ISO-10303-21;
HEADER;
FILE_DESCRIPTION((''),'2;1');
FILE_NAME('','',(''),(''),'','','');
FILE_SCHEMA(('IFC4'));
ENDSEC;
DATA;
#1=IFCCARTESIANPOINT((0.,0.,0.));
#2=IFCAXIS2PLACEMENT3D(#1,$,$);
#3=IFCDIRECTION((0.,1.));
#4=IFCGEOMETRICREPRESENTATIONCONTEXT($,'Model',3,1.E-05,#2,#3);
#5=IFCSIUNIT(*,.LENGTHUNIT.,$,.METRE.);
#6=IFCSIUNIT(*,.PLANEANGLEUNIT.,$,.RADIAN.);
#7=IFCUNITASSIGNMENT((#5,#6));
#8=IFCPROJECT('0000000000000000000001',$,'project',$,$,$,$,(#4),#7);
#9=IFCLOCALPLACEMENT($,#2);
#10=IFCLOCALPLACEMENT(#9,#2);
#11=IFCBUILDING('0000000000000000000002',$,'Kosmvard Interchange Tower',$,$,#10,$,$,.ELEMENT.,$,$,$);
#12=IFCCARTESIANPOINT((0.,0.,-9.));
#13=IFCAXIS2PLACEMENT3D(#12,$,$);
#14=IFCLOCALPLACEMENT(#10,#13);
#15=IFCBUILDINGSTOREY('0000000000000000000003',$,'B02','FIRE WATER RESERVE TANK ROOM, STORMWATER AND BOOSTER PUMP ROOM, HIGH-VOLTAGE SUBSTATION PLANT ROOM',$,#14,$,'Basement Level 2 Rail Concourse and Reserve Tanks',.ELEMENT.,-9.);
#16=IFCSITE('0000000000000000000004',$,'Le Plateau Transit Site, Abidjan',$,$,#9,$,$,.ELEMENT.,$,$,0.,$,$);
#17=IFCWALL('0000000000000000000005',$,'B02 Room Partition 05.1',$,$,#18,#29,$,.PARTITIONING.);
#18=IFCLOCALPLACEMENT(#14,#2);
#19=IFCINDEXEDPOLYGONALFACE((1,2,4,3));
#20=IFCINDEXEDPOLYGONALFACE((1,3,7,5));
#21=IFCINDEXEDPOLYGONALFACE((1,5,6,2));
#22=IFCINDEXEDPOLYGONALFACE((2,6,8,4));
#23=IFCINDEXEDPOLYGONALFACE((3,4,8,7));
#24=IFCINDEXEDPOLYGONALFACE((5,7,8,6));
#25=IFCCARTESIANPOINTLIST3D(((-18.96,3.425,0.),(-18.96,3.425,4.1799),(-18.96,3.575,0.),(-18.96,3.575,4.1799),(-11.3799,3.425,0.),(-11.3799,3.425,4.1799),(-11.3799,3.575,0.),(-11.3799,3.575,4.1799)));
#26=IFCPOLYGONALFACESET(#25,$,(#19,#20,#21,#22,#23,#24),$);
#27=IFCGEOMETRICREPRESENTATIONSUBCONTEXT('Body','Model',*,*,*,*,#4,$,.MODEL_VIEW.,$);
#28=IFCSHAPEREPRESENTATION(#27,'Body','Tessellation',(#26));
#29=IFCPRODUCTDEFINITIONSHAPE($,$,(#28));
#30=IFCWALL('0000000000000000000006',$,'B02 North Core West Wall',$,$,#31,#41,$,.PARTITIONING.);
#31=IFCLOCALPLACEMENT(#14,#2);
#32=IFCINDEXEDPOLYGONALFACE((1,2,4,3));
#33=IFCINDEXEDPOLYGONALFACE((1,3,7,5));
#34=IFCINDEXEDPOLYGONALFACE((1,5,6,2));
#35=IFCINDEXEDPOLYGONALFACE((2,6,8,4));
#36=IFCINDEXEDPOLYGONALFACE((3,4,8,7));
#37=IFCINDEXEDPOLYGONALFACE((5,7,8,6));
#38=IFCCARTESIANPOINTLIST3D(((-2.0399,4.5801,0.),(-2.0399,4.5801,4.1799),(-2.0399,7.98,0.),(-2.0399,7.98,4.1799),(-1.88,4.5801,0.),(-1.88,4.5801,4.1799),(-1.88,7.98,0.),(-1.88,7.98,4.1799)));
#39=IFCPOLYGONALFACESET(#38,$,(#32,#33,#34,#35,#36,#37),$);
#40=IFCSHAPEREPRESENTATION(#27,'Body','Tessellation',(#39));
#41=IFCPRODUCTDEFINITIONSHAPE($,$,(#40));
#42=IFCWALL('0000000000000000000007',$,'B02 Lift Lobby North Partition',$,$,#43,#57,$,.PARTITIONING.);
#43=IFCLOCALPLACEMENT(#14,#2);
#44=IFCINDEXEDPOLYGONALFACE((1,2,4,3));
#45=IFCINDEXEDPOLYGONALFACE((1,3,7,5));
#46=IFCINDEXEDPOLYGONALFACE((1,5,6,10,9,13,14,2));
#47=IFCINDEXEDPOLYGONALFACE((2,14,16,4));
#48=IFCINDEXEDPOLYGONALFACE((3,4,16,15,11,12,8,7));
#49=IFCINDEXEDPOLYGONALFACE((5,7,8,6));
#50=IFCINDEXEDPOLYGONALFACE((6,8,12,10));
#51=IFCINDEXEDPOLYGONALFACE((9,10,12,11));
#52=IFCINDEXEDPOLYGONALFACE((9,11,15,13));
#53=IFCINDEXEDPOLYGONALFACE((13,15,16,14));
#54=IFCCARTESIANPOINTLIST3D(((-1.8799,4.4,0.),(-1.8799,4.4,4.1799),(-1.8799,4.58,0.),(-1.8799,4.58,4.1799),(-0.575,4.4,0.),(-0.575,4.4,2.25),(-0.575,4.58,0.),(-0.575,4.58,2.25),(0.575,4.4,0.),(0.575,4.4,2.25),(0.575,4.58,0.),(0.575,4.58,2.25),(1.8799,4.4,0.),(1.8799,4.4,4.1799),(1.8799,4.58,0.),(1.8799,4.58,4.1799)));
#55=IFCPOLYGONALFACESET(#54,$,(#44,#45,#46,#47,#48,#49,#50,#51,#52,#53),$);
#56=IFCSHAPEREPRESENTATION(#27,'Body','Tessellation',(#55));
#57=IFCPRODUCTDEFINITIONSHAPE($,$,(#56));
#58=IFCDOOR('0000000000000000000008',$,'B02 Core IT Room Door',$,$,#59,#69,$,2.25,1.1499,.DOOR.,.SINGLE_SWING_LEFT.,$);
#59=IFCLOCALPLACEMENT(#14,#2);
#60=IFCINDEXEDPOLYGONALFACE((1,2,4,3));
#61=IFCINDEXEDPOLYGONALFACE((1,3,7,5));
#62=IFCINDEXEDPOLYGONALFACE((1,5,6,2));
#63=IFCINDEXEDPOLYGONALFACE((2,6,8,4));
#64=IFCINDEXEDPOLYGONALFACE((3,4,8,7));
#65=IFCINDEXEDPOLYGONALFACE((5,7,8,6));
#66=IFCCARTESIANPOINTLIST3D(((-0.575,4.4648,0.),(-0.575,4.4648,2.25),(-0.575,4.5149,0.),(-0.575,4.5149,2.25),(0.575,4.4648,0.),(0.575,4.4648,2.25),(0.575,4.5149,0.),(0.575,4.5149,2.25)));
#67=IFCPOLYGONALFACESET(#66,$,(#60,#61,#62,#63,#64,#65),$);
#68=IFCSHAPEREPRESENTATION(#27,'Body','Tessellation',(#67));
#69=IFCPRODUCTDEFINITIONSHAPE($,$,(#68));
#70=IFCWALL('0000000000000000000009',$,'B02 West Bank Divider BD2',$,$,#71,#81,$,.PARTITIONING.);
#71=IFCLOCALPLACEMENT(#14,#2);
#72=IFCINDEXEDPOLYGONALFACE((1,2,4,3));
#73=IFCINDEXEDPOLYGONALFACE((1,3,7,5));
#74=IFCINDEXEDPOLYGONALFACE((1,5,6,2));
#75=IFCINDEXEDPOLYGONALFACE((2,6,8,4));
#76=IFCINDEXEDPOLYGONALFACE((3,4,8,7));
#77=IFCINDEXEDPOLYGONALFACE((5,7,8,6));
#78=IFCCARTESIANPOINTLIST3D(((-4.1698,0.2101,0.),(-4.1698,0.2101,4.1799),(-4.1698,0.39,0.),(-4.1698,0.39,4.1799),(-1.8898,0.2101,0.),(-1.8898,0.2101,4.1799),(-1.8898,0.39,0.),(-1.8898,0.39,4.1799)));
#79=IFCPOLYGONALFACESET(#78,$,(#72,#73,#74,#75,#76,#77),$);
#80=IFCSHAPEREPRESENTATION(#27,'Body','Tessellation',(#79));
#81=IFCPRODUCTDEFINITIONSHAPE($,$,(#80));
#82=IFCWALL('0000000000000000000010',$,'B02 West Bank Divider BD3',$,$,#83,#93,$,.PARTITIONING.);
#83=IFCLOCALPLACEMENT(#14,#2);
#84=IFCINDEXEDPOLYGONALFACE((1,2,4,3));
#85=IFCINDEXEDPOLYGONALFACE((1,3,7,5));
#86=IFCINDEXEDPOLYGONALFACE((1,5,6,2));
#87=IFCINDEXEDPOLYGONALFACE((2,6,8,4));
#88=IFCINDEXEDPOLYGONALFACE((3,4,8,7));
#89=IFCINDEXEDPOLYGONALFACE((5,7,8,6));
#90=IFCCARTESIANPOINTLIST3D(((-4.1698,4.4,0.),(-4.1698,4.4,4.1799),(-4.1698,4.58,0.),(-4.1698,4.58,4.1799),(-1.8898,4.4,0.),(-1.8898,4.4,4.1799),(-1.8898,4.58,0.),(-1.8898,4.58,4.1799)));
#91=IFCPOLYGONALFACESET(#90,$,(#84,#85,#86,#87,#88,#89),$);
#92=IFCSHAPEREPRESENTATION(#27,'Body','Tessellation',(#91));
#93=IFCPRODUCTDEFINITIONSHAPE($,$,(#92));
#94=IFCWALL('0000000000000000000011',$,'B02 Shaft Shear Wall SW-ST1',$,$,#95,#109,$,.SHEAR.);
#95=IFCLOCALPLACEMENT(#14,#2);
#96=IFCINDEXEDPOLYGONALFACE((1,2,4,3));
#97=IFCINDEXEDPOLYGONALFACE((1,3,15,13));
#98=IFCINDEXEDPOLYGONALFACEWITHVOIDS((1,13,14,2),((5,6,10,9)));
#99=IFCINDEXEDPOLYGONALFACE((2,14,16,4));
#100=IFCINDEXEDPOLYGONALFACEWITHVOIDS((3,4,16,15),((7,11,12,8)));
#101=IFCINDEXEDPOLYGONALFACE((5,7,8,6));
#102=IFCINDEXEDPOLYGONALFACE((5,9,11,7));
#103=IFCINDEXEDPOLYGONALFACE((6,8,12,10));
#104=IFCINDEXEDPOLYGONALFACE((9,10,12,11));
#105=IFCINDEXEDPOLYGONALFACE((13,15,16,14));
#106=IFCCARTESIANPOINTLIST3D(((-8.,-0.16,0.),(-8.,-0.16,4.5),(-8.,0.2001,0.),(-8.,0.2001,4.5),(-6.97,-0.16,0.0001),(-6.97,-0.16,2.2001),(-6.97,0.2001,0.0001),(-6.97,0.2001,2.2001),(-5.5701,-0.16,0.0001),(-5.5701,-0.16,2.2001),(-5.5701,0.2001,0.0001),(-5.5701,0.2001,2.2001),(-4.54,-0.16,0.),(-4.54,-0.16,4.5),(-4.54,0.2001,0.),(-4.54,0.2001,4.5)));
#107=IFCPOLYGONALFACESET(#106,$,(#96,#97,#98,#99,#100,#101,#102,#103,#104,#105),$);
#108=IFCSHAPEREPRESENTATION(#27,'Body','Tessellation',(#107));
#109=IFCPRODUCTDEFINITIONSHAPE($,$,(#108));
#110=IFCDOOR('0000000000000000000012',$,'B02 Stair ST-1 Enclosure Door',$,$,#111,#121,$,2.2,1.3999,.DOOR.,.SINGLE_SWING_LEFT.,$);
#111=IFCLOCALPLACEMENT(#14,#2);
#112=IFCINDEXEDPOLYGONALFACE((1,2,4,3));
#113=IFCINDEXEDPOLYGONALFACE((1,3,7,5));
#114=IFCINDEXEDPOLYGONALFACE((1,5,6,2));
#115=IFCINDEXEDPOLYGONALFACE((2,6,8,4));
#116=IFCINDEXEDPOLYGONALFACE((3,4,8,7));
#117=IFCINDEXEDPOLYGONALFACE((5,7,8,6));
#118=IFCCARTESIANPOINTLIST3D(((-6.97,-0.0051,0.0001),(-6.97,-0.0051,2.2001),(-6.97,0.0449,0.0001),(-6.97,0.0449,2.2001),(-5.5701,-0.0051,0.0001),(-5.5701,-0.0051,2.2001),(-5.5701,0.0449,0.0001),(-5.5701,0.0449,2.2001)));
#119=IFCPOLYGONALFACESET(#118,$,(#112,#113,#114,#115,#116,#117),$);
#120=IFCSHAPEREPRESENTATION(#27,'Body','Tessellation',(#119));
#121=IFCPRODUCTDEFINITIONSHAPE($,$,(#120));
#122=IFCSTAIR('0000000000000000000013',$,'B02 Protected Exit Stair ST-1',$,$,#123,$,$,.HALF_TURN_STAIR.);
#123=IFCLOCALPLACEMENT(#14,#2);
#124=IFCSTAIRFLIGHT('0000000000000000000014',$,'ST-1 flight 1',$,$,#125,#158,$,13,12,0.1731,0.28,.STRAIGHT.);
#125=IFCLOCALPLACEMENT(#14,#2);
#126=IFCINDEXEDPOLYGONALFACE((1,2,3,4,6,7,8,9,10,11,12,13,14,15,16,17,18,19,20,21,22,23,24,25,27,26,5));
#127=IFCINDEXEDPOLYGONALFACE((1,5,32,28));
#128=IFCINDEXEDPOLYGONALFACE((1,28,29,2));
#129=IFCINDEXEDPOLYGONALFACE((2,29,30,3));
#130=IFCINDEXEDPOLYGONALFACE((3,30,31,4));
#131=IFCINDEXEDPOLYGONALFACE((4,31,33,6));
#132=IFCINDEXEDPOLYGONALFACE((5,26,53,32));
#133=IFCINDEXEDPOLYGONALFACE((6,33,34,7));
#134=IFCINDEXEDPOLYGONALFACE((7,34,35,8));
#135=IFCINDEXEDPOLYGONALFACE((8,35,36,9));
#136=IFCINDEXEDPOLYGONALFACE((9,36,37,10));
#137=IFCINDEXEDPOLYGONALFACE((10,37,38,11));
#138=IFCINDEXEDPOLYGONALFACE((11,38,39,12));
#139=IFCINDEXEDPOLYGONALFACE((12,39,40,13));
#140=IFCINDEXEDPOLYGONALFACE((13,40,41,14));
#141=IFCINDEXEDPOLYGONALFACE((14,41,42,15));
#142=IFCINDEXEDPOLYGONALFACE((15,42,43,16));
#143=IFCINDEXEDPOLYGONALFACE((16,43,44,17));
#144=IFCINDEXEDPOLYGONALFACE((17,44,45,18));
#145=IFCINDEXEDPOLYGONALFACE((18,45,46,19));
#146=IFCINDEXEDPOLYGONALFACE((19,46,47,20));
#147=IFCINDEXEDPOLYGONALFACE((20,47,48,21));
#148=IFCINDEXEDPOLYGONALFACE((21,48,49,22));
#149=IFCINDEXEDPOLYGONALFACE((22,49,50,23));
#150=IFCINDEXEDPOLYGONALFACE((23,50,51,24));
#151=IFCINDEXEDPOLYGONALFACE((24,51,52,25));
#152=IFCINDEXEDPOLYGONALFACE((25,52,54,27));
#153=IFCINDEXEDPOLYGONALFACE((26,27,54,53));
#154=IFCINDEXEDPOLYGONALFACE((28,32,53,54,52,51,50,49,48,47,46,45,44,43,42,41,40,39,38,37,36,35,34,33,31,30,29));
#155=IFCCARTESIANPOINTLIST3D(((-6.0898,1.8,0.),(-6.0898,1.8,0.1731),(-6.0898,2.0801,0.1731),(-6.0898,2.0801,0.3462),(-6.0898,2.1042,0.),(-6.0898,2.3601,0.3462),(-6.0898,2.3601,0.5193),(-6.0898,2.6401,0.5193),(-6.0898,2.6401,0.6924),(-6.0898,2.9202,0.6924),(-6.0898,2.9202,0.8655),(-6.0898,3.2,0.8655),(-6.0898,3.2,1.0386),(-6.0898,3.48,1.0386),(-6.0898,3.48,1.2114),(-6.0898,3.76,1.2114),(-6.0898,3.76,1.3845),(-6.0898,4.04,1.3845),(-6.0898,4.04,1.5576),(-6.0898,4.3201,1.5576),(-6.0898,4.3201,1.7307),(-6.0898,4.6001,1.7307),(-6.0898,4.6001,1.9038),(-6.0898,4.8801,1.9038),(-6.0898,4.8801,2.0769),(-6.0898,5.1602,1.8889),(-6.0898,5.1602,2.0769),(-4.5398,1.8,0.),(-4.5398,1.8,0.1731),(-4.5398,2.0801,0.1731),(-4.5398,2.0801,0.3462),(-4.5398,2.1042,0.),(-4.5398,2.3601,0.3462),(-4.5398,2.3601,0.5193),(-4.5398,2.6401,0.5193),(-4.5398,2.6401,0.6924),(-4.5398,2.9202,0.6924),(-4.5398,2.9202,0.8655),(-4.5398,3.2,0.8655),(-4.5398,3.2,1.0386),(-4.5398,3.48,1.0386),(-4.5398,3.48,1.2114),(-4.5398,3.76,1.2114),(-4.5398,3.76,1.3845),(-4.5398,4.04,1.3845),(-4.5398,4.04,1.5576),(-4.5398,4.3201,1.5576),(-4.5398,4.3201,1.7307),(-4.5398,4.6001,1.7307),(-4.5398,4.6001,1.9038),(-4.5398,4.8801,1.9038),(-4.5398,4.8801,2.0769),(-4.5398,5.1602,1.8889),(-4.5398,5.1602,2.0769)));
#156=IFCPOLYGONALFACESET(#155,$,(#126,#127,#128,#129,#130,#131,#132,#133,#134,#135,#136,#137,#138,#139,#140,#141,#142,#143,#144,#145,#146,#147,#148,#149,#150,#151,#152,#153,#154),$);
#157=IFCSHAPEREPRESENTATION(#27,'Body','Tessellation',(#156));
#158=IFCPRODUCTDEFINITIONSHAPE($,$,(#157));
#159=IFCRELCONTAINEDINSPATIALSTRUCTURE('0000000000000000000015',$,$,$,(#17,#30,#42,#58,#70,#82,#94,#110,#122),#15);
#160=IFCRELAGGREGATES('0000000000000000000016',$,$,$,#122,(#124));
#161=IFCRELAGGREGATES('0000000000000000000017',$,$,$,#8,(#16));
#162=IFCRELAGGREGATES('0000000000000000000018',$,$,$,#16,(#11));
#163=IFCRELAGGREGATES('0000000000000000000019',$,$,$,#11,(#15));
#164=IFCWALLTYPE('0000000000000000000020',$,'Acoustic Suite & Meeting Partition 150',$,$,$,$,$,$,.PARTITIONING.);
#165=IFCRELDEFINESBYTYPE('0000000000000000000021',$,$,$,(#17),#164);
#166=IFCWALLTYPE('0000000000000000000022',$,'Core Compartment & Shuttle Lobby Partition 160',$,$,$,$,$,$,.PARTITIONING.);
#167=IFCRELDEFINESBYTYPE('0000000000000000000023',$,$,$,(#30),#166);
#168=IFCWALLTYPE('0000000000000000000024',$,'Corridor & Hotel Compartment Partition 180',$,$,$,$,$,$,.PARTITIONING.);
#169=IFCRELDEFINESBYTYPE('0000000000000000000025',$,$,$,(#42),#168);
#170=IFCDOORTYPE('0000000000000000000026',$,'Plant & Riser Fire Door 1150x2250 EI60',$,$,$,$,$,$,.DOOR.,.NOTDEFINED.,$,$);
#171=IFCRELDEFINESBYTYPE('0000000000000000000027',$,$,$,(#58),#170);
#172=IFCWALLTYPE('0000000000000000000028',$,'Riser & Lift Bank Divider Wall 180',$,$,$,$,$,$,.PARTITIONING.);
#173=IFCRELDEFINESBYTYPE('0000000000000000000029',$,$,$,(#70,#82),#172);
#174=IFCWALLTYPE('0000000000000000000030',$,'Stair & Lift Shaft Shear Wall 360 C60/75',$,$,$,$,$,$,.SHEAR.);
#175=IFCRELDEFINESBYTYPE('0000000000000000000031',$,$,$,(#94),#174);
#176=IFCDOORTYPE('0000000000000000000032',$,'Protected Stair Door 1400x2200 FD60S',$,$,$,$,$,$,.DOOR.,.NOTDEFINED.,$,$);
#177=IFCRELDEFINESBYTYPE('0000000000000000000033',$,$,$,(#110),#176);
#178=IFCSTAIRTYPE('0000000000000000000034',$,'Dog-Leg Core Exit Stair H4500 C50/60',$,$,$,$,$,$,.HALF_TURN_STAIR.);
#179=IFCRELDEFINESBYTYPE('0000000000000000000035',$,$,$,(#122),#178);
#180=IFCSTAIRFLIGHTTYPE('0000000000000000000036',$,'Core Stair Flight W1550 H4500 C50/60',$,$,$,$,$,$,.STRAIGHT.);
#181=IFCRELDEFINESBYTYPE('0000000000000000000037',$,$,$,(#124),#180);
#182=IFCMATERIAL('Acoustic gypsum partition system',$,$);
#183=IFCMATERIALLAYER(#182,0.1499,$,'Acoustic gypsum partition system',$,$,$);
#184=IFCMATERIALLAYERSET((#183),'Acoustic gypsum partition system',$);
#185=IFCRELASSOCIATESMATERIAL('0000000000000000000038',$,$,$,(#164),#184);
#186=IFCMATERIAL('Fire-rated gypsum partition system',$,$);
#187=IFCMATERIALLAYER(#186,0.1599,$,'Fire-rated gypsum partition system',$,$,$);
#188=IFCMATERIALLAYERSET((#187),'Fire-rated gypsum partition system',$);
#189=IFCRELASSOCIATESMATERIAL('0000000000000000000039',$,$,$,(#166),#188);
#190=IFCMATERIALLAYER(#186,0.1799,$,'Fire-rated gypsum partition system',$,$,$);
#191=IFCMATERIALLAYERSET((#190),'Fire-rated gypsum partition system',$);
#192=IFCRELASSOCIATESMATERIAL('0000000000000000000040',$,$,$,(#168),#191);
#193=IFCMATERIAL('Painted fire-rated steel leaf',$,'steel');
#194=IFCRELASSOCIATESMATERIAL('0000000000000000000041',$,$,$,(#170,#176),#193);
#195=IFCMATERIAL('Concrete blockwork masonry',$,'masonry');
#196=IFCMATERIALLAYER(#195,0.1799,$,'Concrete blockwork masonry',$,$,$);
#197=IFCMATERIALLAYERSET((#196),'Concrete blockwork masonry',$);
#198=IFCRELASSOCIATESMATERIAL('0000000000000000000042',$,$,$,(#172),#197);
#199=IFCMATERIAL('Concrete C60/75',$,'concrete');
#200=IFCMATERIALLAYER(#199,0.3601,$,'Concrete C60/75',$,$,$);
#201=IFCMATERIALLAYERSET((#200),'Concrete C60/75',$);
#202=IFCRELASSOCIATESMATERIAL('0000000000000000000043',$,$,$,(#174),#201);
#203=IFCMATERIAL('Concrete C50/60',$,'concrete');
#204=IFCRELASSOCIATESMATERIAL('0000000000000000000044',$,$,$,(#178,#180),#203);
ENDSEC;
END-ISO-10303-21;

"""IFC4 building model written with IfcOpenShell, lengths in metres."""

from ifc_helpers import new_model, si_unit, direction, frame, frame_2d, origin, place, context, subcontext, project, spatial, polyline, rectangle, outline, extrude, source, transform, mapped, material, layer, layer_set, type_object, element, fill, aggregate, save


model = new_model("IFC4")

# Units and contexts
model_context = context("Model", 3, precision=1e-05, world=origin(), true_north=direction((0.0, 1.0)))
body_context = subcontext(model_context, "Body", "Model", "MODEL_VIEW")
ifc_project = project(units=[si_unit("LENGTHUNIT", "METRE"), si_unit("PLANEANGLEUNIT", "RADIAN")], contexts=[model_context])

# Site, building, storey
site_placement = place(None, origin())
site = spatial("IfcSite", under=ifc_project, at=site_placement, Name="Le Plateau Transit Site, Abidjan", CompositionType="ELEMENT", RefElevation=0.0)
building_placement = place(site_placement, origin())
building = spatial("IfcBuilding", under=site, at=building_placement, Name="Kosmvard Interchange Tower", CompositionType="ELEMENT")
storey_placement = place(building_placement, frame((0.0, 0.0, -9.0)))
storey = spatial("IfcBuildingStorey", under=building, at=storey_placement, Name="B02", Description="FIRE WATER RESERVE TANK ROOM, STORMWATER AND BOOSTER PUMP ROOM, HIGH-VOLTAGE SUBSTATION PLANT ROOM", LongName="Basement Level 2 Rail Concourse and Reserve Tanks", CompositionType="ELEMENT", Elevation=-9.0)

# Shared definitions
ifc_material_1 = material(Name="Concrete C50/60", Category="concrete")

# Walls
ifc_material_2 = material(Name="Acoustic gypsum partition system")
ifc_layer_1 = layer(ifc_material_2, 0.1499, Name="Acoustic gypsum partition system")
ifc_layer_set_1 = layer_set([ifc_layer_1], Name="Acoustic gypsum partition system")
wall_type_1 = type_object("IfcWallType", Name="Acoustic Suite & Meeting Partition 150", PredefinedType="PARTITIONING", material=ifc_layer_set_1)
wall_1_placement = place(storey_placement, frame((-18.96, 3.5, 0.0), z_axis=(0.0, 0.0, 1.0), x_axis=(1.0, 0.0, 0.0)))
element("IfcWall", 1, at=wall_1_placement, inside=storey, type_object=wall_type_1, Name="B02 Room Partition 05.1", PredefinedType="PARTITIONING", context=body_context, shape_type="SweptSolid", body=[
    extrude(rectangle(XDim=7.5801, YDim=0.1499, at=frame_2d((3.79, 0.0))), origin(), (0.0, 0.0, 1.0), 4.1799),
])
ifc_material_3 = material(Name="Fire-rated gypsum partition system")
ifc_layer_2 = layer(ifc_material_3, 0.1599, Name="Fire-rated gypsum partition system")
ifc_layer_set_2 = layer_set([ifc_layer_2], Name="Fire-rated gypsum partition system")
wall_type_2 = type_object("IfcWallType", Name="Core Compartment & Shuttle Lobby Partition 160", PredefinedType="PARTITIONING", material=ifc_layer_set_2)
wall_2_placement = place(storey_placement, frame((-1.96, 4.5801, 0.0), z_axis=(0.0, 0.0, 1.0), x_axis=(0.0, 1.0, 0.0)))
element("IfcWall", 2, at=wall_2_placement, inside=storey, type_object=wall_type_2, Name="B02 North Core West Wall", PredefinedType="PARTITIONING", context=body_context, shape_type="SweptSolid", body=[
    extrude(rectangle(XDim=3.3999, YDim=0.1599, at=frame_2d((1.7, 0.0))), origin(), (0.0, 0.0, 1.0), 4.1799),
])

# Wall, opening, door
ifc_layer_3 = layer(ifc_material_3, 0.1799, Name="Fire-rated gypsum partition system")
ifc_layer_set_3 = layer_set([ifc_layer_3], Name="Fire-rated gypsum partition system")
wall_type_3 = type_object("IfcWallType", Name="Corridor & Hotel Compartment Partition 180", PredefinedType="PARTITIONING", material=ifc_layer_set_3)
wall_3_placement = place(storey_placement, frame((-1.8799, 4.49, 0.0), z_axis=(0.0, 0.0, 1.0), x_axis=(1.0, 0.0, 0.0)))
wall_3 = element("IfcWall", 3, at=wall_3_placement, inside=storey, type_object=wall_type_3, Name="B02 Lift Lobby North Partition", PredefinedType="PARTITIONING", context=body_context, shape_type="SweptSolid", body=[
    extrude(rectangle(XDim=3.7598, YDim=0.1799, at=frame_2d((1.8799, 0.0))), origin(), (0.0, 0.0, 1.0), 4.1799),
])
opening_1_placement = place(wall_3_placement, frame((1.3049, 0.0, 0.0)))
opening_1 = element("IfcOpeningElement", 4, at=opening_1_placement, cuts=wall_3, PredefinedType="OPENING", context=body_context, shape_type="SweptSolid", body=[
    extrude(rectangle(XDim=1.1499, YDim=2.25, at=frame_2d((0.575, 1.125))), frame((0.0, 0.1001, 0.0), z_axis=(0.0, -1.0, 0.0), x_axis=(1.0, 0.0, 0.0)), (0.0, 0.0, 1.0), 0.2),
])
ifc_material_4 = material(Name="Painted fire-rated steel leaf", Category="steel")
door_type_1 = type_object("IfcDoorType", Name="Plant & Riser Fire Door 1150x2250 EI60", OperationType="NOTDEFINED", PredefinedType="DOOR", material=ifc_material_4)
shared_shape_1 = source(origin(), body_context, "Body", "SweptSolid", [
    extrude(rectangle(XDim=1.1499, YDim=2.25, at=frame_2d((0.575, 1.125))), frame((0.0, 0.0249, 0.0), z_axis=(0.0, -1.0, 0.0), x_axis=(1.0, 0.0, 0.0)), (0.0, 0.0, 1.0), 0.05),
])
door_1_placement = place(opening_1_placement, origin())
door_1 = element("IfcDoor", 5, at=door_1_placement, inside=storey, type_object=door_type_1, Name="B02 Core IT Room Door", OperationType="SINGLE_SWING_LEFT", OverallHeight=2.25, OverallWidth=1.1499, PredefinedType="DOOR", context=body_context, shape_type="MappedRepresentation", body=[
    mapped(shared_shape_1, transform((0.0, 0.0, 0.0), scale=1.0)),
])
fill(opening_1, door_1)

# Walls
ifc_material_5 = material(Name="Concrete blockwork masonry", Category="masonry")
ifc_layer_4 = layer(ifc_material_5, 0.1799, Name="Concrete blockwork masonry")
ifc_layer_set_4 = layer_set([ifc_layer_4], Name="Concrete blockwork masonry")
wall_type_4 = type_object("IfcWallType", Name="Riser & Lift Bank Divider Wall 180", PredefinedType="PARTITIONING", material=ifc_layer_set_4)
for number, where, z_axis, x_axis, name in (
    (6, (-4.1699, 0.3, 0.0), (0.0, 0.0, 1.0), (1.0, 0.0, 0.0), "B02 West Bank Divider BD2"),
    (7, (-4.1699, 4.49, 0.0), (0.0, 0.0, 1.0), (1.0, 0.0, 0.0), "B02 West Bank Divider BD3"),
):
    element("IfcWall", number, at=place(storey_placement, frame(where, z_axis=z_axis, x_axis=x_axis)), inside=storey, type_object=wall_type_4, Name=name, PredefinedType="PARTITIONING", context=body_context, shape_type="SweptSolid", body=[
        extrude(rectangle(XDim=2.28, YDim=0.1799, at=frame_2d((1.1401, 0.0))), origin(), (0.0, 0.0, 1.0), 4.1799),
    ])

# Wall, opening, door
ifc_material_6 = material(Name="Concrete C60/75", Category="concrete")
ifc_layer_5 = layer(ifc_material_6, 0.3601, Name="Concrete C60/75")
ifc_layer_set_5 = layer_set([ifc_layer_5], Name="Concrete C60/75")
wall_type_5 = type_object("IfcWallType", Name="Stair & Lift Shaft Shear Wall 360 C60/75", PredefinedType="SHEAR", material=ifc_layer_set_5)
wall_4_placement = place(storey_placement, frame((-8.0, 0.02, 0.0), z_axis=(0.0, 0.0, 1.0), x_axis=(1.0, 0.0, 0.0)))
wall_4 = element("IfcWall", 8, at=wall_4_placement, inside=storey, type_object=wall_type_5, Name="B02 Shaft Shear Wall SW-ST1", PredefinedType="SHEAR", context=body_context, shape_type="SweptSolid", body=[
    extrude(rectangle(XDim=3.46, YDim=0.3601, at=frame_2d((1.73, 0.0))), origin(), (0.0, 0.0, 1.0), 4.5),
])
opening_2_placement = place(wall_4_placement, frame((1.03, 0.0, 0.0)))
opening_2 = element("IfcOpeningElement", 9, at=opening_2_placement, cuts=wall_4, PredefinedType="OPENING", context=body_context, shape_type="SweptSolid", body=[
    extrude(rectangle(XDim=1.3999, YDim=2.2, at=frame_2d((0.7, 1.1001))), frame((0.0, 0.1899, 0.0), z_axis=(0.0, -1.0, 0.0), x_axis=(1.0, 0.0, 0.0)), (0.0, 0.0, 1.0), 0.3801),
])
door_type_2 = type_object("IfcDoorType", Name="Protected Stair Door 1400x2200 FD60S", OperationType="NOTDEFINED", PredefinedType="DOOR", material=ifc_material_4)
shared_shape_2 = source(origin(), body_context, "Body", "SweptSolid", [
    extrude(rectangle(XDim=1.3999, YDim=2.2, at=frame_2d((0.7, 1.1001))), frame((0.0, 0.0249, 0.0), z_axis=(0.0, -1.0, 0.0), x_axis=(1.0, 0.0, 0.0)), (0.0, 0.0, 1.0), 0.05),
])
door_2_placement = place(opening_2_placement, origin())
door_2 = element("IfcDoor", 10, at=door_2_placement, inside=storey, type_object=door_type_2, Name="B02 Stair ST-1 Enclosure Door", OperationType="SINGLE_SWING_LEFT", OverallHeight=2.2, OverallWidth=1.3999, PredefinedType="DOOR", context=body_context, shape_type="MappedRepresentation", body=[
    mapped(shared_shape_2, transform((0.0, 0.0, 0.0), scale=1.0)),
])
fill(opening_2, door_2)

# Stair, stair flight
stair_type = type_object("IfcStairType", Name="Dog-Leg Core Exit Stair H4500 C50/60", PredefinedType="HALF_TURN_STAIR", material=ifc_material_1)
stair_placement = place(storey_placement, origin())
stair = element("IfcStair", 11, at=stair_placement, inside=storey, type_object=stair_type, Name="B02 Protected Exit Stair ST-1", PredefinedType="HALF_TURN_STAIR")
stair_flight_type = type_object("IfcStairFlightType", Name="Core Stair Flight W1550 H4500 C50/60", PredefinedType="STRAIGHT", material=ifc_material_1)
shared_shape_3 = source(origin(), body_context, "Body", "SweptSolid", [
    extrude(outline(polyline([(0.0, 0.0), (0.0, 0.1731), (0.28, 0.1731), (0.28, 0.3462), (0.5601, 0.3462), (0.5601, 0.5193), (0.8401, 0.5193), (0.8401, 0.6924), (1.1201, 0.6924), (1.1201, 0.8655), (1.3999, 0.8655), (1.3999, 1.0386), (1.6799, 1.0386), (1.6799, 1.2114), (1.96, 1.2114), (1.96, 1.3845), (2.24, 1.3845), (2.24, 1.5576), (2.52, 1.5576), (2.52, 1.7307), (2.8, 1.7307), (2.8, 1.9038), (3.0801, 1.9038), (3.0801, 2.0769), (3.3601, 2.0769), (3.3601, 2.25), (3.3601, 1.8889), (0.3042, 0.0), (0.0, 0.0)])), frame((0.0, 0.7749, 0.0), z_axis=(0.0, -1.0, 0.0), x_axis=(1.0, 0.0, 0.0)), (0.0, 0.0, 1.0), 1.55),
])
stair_flight_1_placement = place(storey_placement, frame((-5.3149, 1.8, 0.0), z_axis=(0.0, 0.0, 1.0), x_axis=(0.0, 1.0, 0.0)))
stair_flight_1 = element("IfcStairFlight", 12, at=stair_flight_1_placement, type_object=stair_flight_type, Name="ST-1 flight 1", NumberOfRisers=13, NumberOfTreads=12, PredefinedType="STRAIGHT", RiserHeight=0.1731, TreadLength=0.28, context=body_context, shape_type="MappedRepresentation", body=[
    mapped(shared_shape_3, transform((0.0, 0.0, 0.0), scale=1.0)),
])
aggregate(stair, [stair_flight_1])

save(model, "model.ifc")
